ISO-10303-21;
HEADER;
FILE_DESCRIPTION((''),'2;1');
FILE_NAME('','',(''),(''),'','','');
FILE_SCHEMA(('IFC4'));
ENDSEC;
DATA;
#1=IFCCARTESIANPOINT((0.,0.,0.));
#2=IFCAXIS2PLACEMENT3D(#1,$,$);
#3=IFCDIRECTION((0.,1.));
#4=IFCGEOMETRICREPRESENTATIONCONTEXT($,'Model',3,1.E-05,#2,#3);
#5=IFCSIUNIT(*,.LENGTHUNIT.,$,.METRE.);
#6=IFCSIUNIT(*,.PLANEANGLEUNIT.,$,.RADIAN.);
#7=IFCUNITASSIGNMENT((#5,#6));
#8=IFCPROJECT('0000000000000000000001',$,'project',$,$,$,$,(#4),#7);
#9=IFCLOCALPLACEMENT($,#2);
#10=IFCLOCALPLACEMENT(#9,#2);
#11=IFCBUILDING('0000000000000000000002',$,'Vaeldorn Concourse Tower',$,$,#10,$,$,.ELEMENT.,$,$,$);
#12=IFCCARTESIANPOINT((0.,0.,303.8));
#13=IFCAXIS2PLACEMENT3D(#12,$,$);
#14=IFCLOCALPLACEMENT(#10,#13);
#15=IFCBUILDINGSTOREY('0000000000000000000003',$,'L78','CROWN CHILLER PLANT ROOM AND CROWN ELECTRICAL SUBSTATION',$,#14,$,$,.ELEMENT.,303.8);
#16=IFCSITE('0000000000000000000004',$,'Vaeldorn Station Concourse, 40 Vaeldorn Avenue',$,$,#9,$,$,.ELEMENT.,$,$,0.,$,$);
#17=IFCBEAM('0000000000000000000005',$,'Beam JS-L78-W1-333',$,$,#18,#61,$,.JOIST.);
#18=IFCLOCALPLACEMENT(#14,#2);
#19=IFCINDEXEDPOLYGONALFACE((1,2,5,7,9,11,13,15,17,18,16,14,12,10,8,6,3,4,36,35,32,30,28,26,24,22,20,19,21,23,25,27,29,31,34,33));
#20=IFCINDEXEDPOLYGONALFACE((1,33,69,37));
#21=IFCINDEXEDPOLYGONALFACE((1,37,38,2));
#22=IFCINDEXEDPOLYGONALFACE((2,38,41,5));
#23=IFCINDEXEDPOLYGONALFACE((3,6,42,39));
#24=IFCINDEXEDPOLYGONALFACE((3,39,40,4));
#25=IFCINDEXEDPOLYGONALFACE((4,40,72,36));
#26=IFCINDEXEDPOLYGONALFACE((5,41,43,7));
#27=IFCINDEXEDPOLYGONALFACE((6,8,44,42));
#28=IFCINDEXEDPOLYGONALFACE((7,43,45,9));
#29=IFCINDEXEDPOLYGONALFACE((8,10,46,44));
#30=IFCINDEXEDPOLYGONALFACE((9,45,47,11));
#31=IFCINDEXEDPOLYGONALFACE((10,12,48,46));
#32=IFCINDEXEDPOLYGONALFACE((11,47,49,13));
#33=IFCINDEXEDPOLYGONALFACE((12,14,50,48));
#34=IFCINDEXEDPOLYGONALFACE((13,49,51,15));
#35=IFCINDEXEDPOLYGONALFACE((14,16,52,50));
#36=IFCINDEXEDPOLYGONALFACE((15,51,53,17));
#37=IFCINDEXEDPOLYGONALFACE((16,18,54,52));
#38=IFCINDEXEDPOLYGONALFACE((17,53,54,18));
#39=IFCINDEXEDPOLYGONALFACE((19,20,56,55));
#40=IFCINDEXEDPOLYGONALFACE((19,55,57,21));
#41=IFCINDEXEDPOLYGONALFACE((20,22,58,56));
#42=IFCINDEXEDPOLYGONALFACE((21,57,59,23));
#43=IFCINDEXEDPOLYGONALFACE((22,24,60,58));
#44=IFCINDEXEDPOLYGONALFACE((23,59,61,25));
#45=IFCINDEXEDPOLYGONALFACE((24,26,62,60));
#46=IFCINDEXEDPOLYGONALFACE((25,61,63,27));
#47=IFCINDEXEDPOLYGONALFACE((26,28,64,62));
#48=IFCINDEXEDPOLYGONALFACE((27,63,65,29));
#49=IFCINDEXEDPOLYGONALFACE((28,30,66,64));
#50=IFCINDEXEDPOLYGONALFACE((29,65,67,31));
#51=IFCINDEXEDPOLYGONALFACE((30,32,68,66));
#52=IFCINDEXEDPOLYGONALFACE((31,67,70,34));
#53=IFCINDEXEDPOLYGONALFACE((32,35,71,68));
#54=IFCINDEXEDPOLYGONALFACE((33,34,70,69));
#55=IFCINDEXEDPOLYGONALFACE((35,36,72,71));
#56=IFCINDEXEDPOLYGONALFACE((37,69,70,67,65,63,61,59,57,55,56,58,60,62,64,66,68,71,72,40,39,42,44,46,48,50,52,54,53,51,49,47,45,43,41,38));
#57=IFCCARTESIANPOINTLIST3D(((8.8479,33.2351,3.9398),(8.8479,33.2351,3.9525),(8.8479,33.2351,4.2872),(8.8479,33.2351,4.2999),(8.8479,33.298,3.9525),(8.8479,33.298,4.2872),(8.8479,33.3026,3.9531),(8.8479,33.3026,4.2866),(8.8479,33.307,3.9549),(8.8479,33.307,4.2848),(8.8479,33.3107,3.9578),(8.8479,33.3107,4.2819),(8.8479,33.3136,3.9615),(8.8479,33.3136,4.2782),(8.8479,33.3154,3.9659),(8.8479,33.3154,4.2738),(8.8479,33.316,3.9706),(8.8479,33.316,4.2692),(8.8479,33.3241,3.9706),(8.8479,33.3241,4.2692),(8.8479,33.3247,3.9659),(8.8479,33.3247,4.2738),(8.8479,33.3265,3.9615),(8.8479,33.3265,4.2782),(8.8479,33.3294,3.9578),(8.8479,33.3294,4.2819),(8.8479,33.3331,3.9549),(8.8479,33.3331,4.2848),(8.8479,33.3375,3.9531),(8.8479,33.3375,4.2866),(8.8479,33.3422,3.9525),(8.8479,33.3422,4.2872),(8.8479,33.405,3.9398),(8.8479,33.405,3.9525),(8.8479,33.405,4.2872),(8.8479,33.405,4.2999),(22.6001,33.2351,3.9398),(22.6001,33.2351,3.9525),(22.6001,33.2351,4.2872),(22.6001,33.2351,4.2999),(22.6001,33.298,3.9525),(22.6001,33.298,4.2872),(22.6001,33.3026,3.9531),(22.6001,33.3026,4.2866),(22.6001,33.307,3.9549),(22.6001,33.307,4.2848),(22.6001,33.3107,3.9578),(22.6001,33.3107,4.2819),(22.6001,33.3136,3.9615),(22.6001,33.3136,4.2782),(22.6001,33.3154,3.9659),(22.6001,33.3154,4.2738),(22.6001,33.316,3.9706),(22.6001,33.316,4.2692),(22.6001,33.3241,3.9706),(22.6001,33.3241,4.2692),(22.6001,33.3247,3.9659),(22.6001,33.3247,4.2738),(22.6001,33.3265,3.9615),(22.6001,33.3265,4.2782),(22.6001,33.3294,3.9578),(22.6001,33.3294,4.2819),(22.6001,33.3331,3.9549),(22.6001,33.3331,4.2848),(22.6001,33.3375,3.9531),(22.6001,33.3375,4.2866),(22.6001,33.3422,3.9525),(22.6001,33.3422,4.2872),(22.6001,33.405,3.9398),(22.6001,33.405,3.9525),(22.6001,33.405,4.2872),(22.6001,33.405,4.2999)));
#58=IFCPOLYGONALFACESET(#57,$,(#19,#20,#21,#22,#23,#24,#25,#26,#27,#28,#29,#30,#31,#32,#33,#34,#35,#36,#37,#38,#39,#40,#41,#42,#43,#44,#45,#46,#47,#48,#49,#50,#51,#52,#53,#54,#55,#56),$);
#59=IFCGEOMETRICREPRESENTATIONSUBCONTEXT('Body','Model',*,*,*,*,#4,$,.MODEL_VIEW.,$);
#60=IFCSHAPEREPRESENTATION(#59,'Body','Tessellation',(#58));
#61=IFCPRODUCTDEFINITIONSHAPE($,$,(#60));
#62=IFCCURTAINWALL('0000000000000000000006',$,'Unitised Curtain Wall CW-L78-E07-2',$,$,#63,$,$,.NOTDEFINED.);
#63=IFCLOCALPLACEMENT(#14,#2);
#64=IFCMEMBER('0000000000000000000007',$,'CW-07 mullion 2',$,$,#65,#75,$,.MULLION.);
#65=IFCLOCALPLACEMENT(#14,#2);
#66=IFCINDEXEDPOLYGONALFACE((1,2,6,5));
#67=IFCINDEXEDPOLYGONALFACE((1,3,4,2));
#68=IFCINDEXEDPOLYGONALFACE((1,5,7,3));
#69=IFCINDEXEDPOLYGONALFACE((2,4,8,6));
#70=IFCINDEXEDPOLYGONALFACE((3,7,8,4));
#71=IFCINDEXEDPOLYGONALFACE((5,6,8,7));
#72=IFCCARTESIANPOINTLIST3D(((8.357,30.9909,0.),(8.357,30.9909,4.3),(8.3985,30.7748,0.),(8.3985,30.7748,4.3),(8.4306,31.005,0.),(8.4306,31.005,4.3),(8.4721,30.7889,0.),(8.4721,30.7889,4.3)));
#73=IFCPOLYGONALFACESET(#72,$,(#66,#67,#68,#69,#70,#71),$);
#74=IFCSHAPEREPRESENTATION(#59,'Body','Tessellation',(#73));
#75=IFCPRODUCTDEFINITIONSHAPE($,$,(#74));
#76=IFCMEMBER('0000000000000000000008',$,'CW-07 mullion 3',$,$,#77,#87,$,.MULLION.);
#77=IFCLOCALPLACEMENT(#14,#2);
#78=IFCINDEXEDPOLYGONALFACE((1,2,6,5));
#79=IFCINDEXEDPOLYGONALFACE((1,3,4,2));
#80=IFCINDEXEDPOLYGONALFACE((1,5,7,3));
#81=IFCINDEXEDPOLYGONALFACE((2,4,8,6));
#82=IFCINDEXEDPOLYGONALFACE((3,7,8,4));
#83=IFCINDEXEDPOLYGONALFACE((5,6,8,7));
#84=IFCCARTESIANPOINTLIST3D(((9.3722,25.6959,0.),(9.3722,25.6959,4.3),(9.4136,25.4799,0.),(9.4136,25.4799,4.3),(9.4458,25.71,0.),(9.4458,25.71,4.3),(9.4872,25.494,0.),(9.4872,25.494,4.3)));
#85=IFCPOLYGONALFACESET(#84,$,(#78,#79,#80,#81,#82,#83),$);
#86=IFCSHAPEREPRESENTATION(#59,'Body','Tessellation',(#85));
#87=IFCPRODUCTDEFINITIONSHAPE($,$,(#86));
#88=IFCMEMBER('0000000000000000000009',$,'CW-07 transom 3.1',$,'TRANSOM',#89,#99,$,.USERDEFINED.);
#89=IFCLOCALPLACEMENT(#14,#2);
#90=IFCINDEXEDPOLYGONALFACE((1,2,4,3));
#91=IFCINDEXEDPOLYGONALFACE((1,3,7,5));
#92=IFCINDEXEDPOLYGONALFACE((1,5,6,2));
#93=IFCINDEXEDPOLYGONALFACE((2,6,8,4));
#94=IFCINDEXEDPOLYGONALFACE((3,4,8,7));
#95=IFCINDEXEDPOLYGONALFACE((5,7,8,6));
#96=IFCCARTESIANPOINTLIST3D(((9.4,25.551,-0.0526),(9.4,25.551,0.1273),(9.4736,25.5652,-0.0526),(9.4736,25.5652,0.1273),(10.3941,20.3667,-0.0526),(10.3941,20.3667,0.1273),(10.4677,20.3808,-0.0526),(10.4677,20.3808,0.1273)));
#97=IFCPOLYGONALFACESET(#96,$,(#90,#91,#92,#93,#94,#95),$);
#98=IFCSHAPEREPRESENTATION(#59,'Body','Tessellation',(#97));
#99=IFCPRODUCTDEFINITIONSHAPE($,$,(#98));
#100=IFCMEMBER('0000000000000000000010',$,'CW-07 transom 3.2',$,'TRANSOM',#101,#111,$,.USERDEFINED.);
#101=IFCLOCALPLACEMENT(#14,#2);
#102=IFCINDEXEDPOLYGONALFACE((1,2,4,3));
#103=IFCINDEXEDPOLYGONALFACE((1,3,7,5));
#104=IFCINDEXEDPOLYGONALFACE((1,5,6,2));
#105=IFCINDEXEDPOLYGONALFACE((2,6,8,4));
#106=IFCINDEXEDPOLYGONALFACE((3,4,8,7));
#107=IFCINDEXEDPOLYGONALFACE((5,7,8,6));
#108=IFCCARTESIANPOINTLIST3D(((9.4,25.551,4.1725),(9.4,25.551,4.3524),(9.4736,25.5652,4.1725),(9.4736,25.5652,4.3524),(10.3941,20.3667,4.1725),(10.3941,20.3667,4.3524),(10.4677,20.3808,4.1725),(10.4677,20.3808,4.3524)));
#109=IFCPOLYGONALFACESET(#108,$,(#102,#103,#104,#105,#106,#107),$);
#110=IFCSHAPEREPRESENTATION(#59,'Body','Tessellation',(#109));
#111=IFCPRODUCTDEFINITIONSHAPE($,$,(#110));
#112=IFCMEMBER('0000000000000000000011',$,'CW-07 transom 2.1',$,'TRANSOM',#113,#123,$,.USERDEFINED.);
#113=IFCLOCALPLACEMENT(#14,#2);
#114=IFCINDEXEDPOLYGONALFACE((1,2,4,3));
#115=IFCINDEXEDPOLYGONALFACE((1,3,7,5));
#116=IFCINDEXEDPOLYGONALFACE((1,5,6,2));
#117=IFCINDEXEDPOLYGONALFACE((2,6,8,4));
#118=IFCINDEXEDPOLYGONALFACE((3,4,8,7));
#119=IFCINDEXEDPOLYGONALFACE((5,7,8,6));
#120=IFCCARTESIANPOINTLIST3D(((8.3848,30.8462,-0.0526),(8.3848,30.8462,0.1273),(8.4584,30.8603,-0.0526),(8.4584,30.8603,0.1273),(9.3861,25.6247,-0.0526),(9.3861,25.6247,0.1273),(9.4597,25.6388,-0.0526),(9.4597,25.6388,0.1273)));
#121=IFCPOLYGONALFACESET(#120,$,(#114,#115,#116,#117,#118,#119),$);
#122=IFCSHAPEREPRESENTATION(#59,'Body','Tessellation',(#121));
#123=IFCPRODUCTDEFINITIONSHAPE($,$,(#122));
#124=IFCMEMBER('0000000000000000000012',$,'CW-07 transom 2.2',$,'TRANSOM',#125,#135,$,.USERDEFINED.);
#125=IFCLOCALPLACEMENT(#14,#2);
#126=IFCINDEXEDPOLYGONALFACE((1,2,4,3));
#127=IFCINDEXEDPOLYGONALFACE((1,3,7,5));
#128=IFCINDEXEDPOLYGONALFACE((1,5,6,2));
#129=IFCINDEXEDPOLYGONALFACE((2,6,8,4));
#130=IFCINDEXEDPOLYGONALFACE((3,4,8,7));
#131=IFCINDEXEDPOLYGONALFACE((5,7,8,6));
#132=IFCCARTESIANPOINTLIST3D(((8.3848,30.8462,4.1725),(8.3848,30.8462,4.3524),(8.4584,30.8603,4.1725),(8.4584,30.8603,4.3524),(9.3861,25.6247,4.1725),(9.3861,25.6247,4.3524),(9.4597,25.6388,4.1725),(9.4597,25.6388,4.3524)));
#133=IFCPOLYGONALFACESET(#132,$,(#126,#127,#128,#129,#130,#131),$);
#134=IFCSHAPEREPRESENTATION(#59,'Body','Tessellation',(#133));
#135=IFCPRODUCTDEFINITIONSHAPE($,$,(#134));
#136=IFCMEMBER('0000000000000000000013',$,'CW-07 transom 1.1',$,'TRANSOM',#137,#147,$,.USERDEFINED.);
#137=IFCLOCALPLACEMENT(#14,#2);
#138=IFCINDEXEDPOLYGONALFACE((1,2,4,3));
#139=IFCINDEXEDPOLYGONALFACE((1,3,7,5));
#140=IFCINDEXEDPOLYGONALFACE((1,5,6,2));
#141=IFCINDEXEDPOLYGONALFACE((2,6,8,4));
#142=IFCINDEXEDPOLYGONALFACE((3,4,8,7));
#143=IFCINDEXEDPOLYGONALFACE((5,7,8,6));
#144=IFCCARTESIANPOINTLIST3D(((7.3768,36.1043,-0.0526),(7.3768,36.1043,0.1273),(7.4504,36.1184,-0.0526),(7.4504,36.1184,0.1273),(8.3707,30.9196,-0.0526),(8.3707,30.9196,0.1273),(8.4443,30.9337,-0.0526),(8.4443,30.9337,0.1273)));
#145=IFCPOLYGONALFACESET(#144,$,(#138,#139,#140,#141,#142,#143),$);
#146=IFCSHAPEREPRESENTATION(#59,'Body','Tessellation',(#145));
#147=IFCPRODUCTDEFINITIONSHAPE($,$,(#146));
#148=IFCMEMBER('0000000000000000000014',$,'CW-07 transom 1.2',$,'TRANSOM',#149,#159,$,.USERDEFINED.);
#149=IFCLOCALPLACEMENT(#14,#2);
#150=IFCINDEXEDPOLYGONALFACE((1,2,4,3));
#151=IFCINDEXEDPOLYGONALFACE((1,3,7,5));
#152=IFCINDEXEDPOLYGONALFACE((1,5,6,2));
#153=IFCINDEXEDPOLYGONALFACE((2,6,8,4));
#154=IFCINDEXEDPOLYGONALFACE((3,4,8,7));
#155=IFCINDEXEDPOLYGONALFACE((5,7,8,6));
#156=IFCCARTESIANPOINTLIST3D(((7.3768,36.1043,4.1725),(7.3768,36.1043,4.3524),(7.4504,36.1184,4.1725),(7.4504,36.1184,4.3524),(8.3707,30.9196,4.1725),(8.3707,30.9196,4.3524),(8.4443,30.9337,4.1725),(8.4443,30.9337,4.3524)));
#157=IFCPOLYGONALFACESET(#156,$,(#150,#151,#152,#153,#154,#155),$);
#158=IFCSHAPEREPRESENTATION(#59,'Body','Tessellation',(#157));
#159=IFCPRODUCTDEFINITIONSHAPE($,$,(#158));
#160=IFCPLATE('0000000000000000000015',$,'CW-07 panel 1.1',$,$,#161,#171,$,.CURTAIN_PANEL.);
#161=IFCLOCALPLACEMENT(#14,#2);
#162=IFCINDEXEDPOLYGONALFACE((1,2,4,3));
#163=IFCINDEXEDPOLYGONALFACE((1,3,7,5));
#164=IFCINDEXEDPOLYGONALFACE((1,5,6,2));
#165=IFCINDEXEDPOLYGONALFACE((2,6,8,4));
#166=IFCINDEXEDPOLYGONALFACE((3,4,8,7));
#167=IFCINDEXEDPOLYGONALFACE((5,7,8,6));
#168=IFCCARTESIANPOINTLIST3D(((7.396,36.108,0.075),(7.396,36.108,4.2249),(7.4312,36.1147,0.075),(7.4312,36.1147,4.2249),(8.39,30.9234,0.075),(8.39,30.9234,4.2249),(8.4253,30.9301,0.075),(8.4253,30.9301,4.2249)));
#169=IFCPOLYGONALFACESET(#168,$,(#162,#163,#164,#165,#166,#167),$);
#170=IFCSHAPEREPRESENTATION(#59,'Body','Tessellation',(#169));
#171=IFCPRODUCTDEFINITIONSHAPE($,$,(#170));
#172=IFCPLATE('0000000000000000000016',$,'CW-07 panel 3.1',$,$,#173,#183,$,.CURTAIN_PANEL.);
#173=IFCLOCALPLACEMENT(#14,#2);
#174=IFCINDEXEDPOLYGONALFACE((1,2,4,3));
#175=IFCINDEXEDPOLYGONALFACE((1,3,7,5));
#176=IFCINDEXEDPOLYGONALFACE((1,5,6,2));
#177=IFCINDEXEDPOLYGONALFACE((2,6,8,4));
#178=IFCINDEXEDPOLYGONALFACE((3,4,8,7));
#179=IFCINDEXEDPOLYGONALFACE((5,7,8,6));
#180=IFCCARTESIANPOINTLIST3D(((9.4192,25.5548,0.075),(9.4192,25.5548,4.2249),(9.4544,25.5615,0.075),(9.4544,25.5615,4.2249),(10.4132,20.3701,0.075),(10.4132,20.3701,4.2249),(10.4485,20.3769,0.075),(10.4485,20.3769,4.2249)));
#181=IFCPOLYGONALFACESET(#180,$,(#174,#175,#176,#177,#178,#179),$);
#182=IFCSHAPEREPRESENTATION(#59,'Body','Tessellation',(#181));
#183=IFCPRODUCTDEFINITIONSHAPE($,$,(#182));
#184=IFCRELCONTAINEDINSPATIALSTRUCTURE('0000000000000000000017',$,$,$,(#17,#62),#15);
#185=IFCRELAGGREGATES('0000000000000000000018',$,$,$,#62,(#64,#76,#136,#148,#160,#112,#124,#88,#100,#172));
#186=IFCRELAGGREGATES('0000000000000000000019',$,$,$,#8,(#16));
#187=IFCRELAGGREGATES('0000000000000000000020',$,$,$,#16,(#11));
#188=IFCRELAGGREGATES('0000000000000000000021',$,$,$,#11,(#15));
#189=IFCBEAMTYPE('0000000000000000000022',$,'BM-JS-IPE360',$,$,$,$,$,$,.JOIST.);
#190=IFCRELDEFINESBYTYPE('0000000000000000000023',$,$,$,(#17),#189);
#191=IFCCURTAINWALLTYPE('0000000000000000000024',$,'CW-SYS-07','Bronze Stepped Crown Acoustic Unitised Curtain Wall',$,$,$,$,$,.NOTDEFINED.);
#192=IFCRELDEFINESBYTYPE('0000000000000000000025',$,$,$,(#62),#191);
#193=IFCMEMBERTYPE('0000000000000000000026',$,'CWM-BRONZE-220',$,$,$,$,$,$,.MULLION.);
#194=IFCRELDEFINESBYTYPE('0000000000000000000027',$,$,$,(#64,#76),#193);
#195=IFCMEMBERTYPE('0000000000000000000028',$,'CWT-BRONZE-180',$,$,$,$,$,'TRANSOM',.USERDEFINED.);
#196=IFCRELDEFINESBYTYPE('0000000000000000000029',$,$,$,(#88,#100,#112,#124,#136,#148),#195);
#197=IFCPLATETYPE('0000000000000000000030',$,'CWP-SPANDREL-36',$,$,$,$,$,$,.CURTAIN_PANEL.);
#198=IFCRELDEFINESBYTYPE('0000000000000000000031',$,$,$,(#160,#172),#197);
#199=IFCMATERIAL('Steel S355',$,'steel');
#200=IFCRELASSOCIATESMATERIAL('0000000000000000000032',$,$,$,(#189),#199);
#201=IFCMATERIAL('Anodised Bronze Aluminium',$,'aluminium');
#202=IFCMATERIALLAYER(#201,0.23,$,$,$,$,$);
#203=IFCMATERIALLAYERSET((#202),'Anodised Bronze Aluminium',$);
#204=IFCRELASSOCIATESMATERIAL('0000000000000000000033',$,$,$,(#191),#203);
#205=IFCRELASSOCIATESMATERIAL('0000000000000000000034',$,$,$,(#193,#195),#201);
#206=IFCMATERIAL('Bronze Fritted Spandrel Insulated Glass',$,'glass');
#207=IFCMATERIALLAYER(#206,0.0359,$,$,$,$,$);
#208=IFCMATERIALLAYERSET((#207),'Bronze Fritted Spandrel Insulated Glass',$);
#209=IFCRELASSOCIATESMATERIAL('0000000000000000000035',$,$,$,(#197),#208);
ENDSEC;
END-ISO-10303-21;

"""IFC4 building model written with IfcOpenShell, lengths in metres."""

from ifc_helpers import new_model, si_unit, direction, frame, origin, origin_2d, place, context, subcontext, project, spatial, rectangle, i_section, extrude, source, transform, mapped, material, layer, layer_set, material_profile, profile_set, type_object, element, aggregate, save


model = new_model("IFC4")

# Units and contexts
model_context = context("Model", 3, precision=1e-05, world=origin(), true_north=direction((0.0, 1.0)))
body_context = subcontext(model_context, "Body", "Model", "MODEL_VIEW")
ifc_project = project(units=[si_unit("LENGTHUNIT", "METRE"), si_unit("PLANEANGLEUNIT", "RADIAN")], contexts=[model_context])

# Site, building, storey
site_placement = place(None, origin())
site = spatial("IfcSite", under=ifc_project, at=site_placement, Name="Vaeldorn Station Concourse, 40 Vaeldorn Avenue", CompositionType="ELEMENT", RefElevation=0.0)
building_placement = place(site_placement, origin())
building = spatial("IfcBuilding", under=site, at=building_placement, Name="Vaeldorn Concourse Tower", CompositionType="ELEMENT")
storey_placement = place(building_placement, frame((0.0, 0.0, 303.8)))
storey = spatial("IfcBuildingStorey", under=building, at=storey_placement, Name="L78", Description="CROWN CHILLER PLANT ROOM AND CROWN ELECTRICAL SUBSTATION", CompositionType="ELEMENT", Elevation=303.8)

# Shared definitions
ifc_material_1 = material(Name="Steel S355", Category="steel")

# Beam
ifc_material_profile_1 = material_profile(ifc_material_1, i_section(OverallWidth=0.1699, OverallDepth=0.3601, WebThickness=0.0081, FlangeThickness=0.0127, FilletRadius=0.0181, at=origin_2d()), Name="IPE 360")
ifc_profile_set_1 = profile_set([ifc_material_profile_1], Name="Steel S355")
beam_type_1 = type_object("IfcBeamType", Name="BM-JS-IPE360", PredefinedType="JOIST", material=ifc_profile_set_1)
shared_shape_1 = source(origin(), body_context, "Body", "SweptSolid", [
    extrude(i_section(OverallWidth=0.1699, OverallDepth=0.3601, WebThickness=0.0081, FlangeThickness=0.0127, FilletRadius=0.0181, at=origin_2d()), origin(), (0.0, 0.0, 1.0), 13.7522),
])
beam_1_placement = place(storey_placement, frame((8.8479, 33.3201, 4.1199), z_axis=(1.0, 0.0, 0.0), x_axis=(0.0, 1.0, 0.0)))
element("IfcBeam", 1, at=beam_1_placement, inside=storey, type_object=beam_type_1, Name="Beam JS-L78-W1-333", PredefinedType="JOIST", context=body_context, shape_type="MappedRepresentation", body=[
    mapped(shared_shape_1, transform((0.0, 0.0, 0.0), scale=1.0)),
])

# Curtain wall, members, plates
ifc_material_2 = material(Name="Anodised Bronze Aluminium", Category="aluminium")
ifc_layer_1 = layer(ifc_material_2, 0.23)
ifc_layer_set_1 = layer_set([ifc_layer_1], Name="Anodised Bronze Aluminium")
curtain_wall_type = type_object("IfcCurtainWallType", Name="CW-SYS-07", Description="Bronze Stepped Crown Acoustic Unitised Curtain Wall", PredefinedType="NOTDEFINED", material=ifc_layer_set_1)
curtain_wall_placement = place(storey_placement, origin())
curtain_wall = element("IfcCurtainWall", 2, at=curtain_wall_placement, inside=storey, type_object=curtain_wall_type, Name="Unitised Curtain Wall CW-L78-E07-2", PredefinedType="NOTDEFINED")
ifc_material_profile_2 = material_profile(ifc_material_2, rectangle(XDim=0.075, YDim=0.22, at=origin_2d()), Name="CWM 75x220")
ifc_profile_set_2 = profile_set([ifc_material_profile_2], Name="Anodised Bronze Aluminium")
member_type_1 = type_object("IfcMemberType", Name="CWM-BRONZE-220", PredefinedType="MULLION", material=ifc_profile_set_2)
shared_shape_2 = source(origin(), body_context, "Body", "SweptSolid", [
    extrude(rectangle(XDim=0.075, YDim=0.22, at=origin_2d()), origin(), (0.0, 0.0, 1.0), 4.3),
])
member_1_placement = place(storey_placement, frame((8.4146, 30.8899, 0.0), z_axis=(0.0, 0.0, 1.0), x_axis=(0.982112, 0.188298, 0.0)))
member_1 = element("IfcMember", 3, at=member_1_placement, type_object=member_type_1, Name="CW-07 mullion 2", PredefinedType="MULLION", context=body_context, shape_type="MappedRepresentation", body=[
    mapped(shared_shape_2, transform((0.0, 0.0, 0.0), scale=1.0)),
])
member_2_placement = place(storey_placement, frame((9.4297, 25.595, 0.0), z_axis=(0.0, 0.0, 1.0), x_axis=(0.982112, 0.188298, 0.0)))
member_2 = element("IfcMember", 4, at=member_2_placement, type_object=member_type_1, Name="CW-07 mullion 3", PredefinedType="MULLION", context=body_context, shape_type="MappedRepresentation", body=[
    mapped(shared_shape_2, transform((0.0, 0.0, 0.0), scale=1.0)),
])
ifc_material_profile_3 = material_profile(ifc_material_2, rectangle(XDim=0.075, YDim=0.1799, at=origin_2d()), Name="CWT 75x180")
ifc_profile_set_3 = profile_set([ifc_material_profile_3], Name="Anodised Bronze Aluminium")
member_type_2 = type_object("IfcMemberType", Name="CWT-BRONZE-180", ElementType="TRANSOM", PredefinedType="USERDEFINED", material=ifc_profile_set_3)
shared_shape_3 = source(origin(), body_context, "Body", "SweptSolid", [
    extrude(rectangle(XDim=0.075, YDim=0.1799, at=origin_2d()), origin(), (0.0, 0.0, 1.0), 5.2788),
])
member_3_placement = place(storey_placement, frame((9.4368, 25.5581, 0.0374), z_axis=(0.188328, -0.982106, 0.0), x_axis=(0.982106, 0.188328, 0.0)))
member_3 = element("IfcMember", 5, at=member_3_placement, type_object=member_type_2, Name="CW-07 transom 3.1", ObjectType="TRANSOM", PredefinedType="USERDEFINED", context=body_context, shape_type="MappedRepresentation", body=[
    mapped(shared_shape_3, transform((0.0, 0.0, 0.0), scale=1.0)),
])
member_4_placement = place(storey_placement, frame((9.4368, 25.5581, 4.2625), z_axis=(0.188328, -0.982106, 0.0), x_axis=(0.982106, 0.188328, 0.0)))
member_4 = element("IfcMember", 6, at=member_4_placement, type_object=member_type_2, Name="CW-07 transom 3.2", ObjectType="TRANSOM", PredefinedType="USERDEFINED", context=body_context, shape_type="MappedRepresentation", body=[
    mapped(shared_shape_3, transform((0.0, 0.0, 0.0), scale=1.0)),
])
shared_shape_4 = source(origin(), body_context, "Body", "SweptSolid", [
    extrude(rectangle(XDim=0.075, YDim=0.1799, at=origin_2d()), origin(), (0.0, 0.0, 1.0), 5.3167),
])
member_5_placement = place(storey_placement, frame((8.4216, 30.8533, 0.0374), z_axis=(0.188321, -0.982108, 0.0), x_axis=(0.982108, 0.188321, 0.0)))
member_5 = element("IfcMember", 7, at=member_5_placement, type_object=member_type_2, Name="CW-07 transom 2.1", ObjectType="TRANSOM", PredefinedType="USERDEFINED", context=body_context, shape_type="MappedRepresentation", body=[
    mapped(shared_shape_4, transform((0.0, 0.0, 0.0), scale=1.0)),
])
member_6_placement = place(storey_placement, frame((8.4216, 30.8533, 4.2625), z_axis=(0.188321, -0.982108, 0.0), x_axis=(0.982108, 0.188321, 0.0)))
member_6 = element("IfcMember", 8, at=member_6_placement, type_object=member_type_2, Name="CW-07 transom 2.2", ObjectType="TRANSOM", PredefinedType="USERDEFINED", context=body_context, shape_type="MappedRepresentation", body=[
    mapped(shared_shape_4, transform((0.0, 0.0, 0.0), scale=1.0)),
])
shared_shape_5 = source(origin(), body_context, "Body", "SweptSolid", [
    extrude(rectangle(XDim=0.075, YDim=0.1799, at=origin_2d()), origin(), (0.0, 0.0, 1.0), 5.2791),
])
member_7_placement = place(storey_placement, frame((7.4136, 36.1113, 0.0374), z_axis=(0.188274, -0.982116, 0.0), x_axis=(0.982116, 0.188274, 0.0)))
member_7 = element("IfcMember", 9, at=member_7_placement, type_object=member_type_2, Name="CW-07 transom 1.1", ObjectType="TRANSOM", PredefinedType="USERDEFINED", context=body_context, shape_type="MappedRepresentation", body=[
    mapped(shared_shape_5, transform((0.0, 0.0, 0.0), scale=1.0)),
])
member_8_placement = place(storey_placement, frame((7.4136, 36.1113, 4.2625), z_axis=(0.188274, -0.982116, 0.0), x_axis=(0.982116, 0.188274, 0.0)))
member_8 = element("IfcMember", 10, at=member_8_placement, type_object=member_type_2, Name="CW-07 transom 1.2", ObjectType="TRANSOM", PredefinedType="USERDEFINED", context=body_context, shape_type="MappedRepresentation", body=[
    mapped(shared_shape_5, transform((0.0, 0.0, 0.0), scale=1.0)),
])
ifc_material_3 = material(Name="Bronze Fritted Spandrel Insulated Glass", Category="glass")
ifc_layer_2 = layer(ifc_material_3, 0.0359)
ifc_layer_set_2 = layer_set([ifc_layer_2], Name="Bronze Fritted Spandrel Insulated Glass")
plate_type = type_object("IfcPlateType", Name="CWP-SPANDREL-36", PredefinedType="CURTAIN_PANEL", material=ifc_layer_set_2)
shared_shape_6 = source(origin(), body_context, "Body", "SweptSolid", [
    extrude(rectangle(XDim=5.2791, YDim=0.0359, at=origin_2d()), origin(), (0.0, 0.0, 1.0), 4.1499),
])
plate_1_placement = place(storey_placement, frame((7.9106, 33.519, 0.075), z_axis=(0.0, 0.0, 1.0), x_axis=(0.188298, -0.982112, 0.0)))
plate_1 = element("IfcPlate", 11, at=plate_1_placement, type_object=plate_type, Name="CW-07 panel 1.1", PredefinedType="CURTAIN_PANEL", context=body_context, shape_type="MappedRepresentation", body=[
    mapped(shared_shape_6, transform((0.0, 0.0, 0.0), scale=1.0)),
])
plate_2_placement = place(storey_placement, frame((9.9338, 22.9658, 0.075), z_axis=(0.0, 0.0, 1.0), x_axis=(0.188298, -0.982112, 0.0)))
plate_2 = element("IfcPlate", 12, at=plate_2_placement, type_object=plate_type, Name="CW-07 panel 3.1", PredefinedType="CURTAIN_PANEL", context=body_context, shape_type="MappedRepresentation", body=[
    mapped(shared_shape_6, transform((0.0, 0.0, 0.0), scale=1.0)),
])
aggregate(curtain_wall, [member_1, member_2, member_7, member_8, plate_1, member_5, member_6, member_3, member_4, plate_2])

save(model, "model.ifc")
